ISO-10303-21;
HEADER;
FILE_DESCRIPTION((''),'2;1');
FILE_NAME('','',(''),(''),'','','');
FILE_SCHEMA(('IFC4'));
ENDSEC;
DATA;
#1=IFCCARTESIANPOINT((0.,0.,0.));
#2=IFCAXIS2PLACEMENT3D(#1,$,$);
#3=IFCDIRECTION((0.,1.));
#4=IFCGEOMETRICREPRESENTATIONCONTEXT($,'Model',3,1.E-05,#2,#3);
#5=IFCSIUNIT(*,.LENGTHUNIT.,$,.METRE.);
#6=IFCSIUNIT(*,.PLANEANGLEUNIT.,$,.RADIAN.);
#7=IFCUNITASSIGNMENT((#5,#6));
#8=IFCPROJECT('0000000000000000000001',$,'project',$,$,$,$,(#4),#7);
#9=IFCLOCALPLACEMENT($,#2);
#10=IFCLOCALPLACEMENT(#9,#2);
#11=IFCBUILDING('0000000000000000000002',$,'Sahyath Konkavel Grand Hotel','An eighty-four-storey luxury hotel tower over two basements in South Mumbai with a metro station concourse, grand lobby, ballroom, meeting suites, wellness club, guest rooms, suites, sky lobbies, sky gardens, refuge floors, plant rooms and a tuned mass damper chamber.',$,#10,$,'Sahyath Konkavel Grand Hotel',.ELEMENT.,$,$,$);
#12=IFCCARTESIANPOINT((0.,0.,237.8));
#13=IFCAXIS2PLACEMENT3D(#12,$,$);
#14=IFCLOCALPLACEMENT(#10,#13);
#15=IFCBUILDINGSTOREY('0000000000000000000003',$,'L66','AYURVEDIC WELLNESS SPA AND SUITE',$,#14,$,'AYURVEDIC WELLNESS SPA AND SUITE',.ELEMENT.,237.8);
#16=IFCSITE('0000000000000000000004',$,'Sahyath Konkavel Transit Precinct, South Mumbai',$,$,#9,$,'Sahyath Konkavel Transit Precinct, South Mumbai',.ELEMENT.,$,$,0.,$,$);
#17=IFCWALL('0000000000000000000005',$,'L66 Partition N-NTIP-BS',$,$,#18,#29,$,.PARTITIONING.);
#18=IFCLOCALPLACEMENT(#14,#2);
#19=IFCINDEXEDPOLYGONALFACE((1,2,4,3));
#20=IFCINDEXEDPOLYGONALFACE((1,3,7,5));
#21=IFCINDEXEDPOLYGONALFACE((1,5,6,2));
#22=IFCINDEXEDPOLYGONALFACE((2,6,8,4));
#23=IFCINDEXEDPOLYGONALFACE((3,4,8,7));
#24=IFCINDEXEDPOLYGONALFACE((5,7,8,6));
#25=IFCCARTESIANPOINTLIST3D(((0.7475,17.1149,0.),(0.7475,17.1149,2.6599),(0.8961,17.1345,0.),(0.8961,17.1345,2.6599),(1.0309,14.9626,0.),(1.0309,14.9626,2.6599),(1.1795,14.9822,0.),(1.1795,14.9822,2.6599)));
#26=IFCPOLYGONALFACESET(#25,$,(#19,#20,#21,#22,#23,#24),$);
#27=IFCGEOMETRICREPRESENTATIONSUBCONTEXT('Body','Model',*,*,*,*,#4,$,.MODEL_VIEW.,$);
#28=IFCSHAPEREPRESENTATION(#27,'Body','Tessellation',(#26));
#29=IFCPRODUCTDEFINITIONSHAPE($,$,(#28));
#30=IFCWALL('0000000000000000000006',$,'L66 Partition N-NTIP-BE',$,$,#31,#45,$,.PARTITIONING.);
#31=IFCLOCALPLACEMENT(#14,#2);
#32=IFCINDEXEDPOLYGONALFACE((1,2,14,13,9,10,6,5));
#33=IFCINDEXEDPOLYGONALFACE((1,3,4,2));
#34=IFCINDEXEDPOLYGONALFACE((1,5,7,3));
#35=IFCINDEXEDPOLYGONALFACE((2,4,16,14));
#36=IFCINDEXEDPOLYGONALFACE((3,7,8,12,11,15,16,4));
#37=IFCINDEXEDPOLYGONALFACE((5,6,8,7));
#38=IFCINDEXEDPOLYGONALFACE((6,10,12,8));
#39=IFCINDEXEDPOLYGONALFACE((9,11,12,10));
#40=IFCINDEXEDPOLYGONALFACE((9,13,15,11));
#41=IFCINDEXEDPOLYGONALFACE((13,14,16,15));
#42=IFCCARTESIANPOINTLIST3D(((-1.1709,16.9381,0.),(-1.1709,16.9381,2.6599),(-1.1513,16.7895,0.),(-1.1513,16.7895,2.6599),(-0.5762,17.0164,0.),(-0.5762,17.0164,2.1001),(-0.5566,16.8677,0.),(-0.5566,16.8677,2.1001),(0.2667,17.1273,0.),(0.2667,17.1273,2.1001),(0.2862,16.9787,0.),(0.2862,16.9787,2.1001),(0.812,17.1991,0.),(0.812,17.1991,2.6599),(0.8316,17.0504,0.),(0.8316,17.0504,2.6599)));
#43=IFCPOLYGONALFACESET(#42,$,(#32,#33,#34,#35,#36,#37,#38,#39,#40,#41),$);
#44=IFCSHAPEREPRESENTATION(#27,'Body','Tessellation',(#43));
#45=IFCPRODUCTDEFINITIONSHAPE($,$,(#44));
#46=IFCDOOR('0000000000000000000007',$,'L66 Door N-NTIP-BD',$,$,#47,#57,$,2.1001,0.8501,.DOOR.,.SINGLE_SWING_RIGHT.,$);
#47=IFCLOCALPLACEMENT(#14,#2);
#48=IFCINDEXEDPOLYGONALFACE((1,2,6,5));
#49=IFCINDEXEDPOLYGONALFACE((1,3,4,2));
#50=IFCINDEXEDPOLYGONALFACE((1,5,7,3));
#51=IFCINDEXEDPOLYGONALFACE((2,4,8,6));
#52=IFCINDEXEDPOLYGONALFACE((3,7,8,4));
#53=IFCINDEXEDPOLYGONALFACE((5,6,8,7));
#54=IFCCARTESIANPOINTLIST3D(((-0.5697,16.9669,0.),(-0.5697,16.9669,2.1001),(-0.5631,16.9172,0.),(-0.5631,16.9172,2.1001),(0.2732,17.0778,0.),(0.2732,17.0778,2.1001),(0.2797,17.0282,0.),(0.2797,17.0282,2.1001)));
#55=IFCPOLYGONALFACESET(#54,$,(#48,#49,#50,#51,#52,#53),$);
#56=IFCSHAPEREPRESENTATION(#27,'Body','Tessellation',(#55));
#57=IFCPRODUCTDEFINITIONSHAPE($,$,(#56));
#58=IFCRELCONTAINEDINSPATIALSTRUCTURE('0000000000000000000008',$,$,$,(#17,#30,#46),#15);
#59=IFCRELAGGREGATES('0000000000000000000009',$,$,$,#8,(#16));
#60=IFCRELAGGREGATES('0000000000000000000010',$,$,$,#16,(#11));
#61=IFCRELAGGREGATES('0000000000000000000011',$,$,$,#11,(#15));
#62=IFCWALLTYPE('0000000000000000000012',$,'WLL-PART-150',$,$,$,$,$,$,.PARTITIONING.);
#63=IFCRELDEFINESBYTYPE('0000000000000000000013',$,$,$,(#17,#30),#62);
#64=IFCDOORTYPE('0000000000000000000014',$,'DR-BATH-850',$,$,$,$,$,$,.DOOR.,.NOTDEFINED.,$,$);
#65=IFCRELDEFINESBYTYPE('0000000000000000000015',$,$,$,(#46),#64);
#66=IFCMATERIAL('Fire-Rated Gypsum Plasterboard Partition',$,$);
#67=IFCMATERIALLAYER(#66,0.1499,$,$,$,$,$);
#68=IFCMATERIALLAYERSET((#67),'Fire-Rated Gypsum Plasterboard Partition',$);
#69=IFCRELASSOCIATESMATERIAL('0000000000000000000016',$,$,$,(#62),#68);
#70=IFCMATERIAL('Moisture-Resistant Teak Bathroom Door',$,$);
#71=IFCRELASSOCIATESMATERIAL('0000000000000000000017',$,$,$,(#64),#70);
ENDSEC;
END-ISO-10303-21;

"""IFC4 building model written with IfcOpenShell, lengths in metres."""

from ifc_helpers import new_model, si_unit, direction, frame, frame_2d, origin, origin_2d, place, context, subcontext, project, spatial, rectangle, extrude, source, transform, mapped, material, layer, layer_set, type_object, element, fill, save


model = new_model("IFC4")

# Units and contexts
model_context = context("Model", 3, precision=1e-05, world=origin(), true_north=direction((0.0, 1.0)))
body_context = subcontext(model_context, "Body", "Model", "MODEL_VIEW")
ifc_project = project(units=[si_unit("LENGTHUNIT", "METRE"), si_unit("PLANEANGLEUNIT", "RADIAN")], contexts=[model_context])

# Site, building, storey
site_placement = place(None, origin())
site = spatial("IfcSite", under=ifc_project, at=site_placement, Name="Sahyath Konkavel Transit Precinct, South Mumbai", LongName="Sahyath Konkavel Transit Precinct, South Mumbai", CompositionType="ELEMENT", RefElevation=0.0)
building_placement = place(site_placement, origin())
building = spatial("IfcBuilding", under=site, at=building_placement, Name="Sahyath Konkavel Grand Hotel", Description="An eighty-four-storey luxury hotel tower over two basements in South Mumbai with a metro station concourse, grand lobby, ballroom, meeting suites, wellness club, guest rooms, suites, sky lobbies, sky gardens, refuge floors, plant rooms and a tuned mass damper chamber.", LongName="Sahyath Konkavel Grand Hotel", CompositionType="ELEMENT")
storey_placement = place(building_placement, frame((0.0, 0.0, 237.8)))
storey = spatial("IfcBuildingStorey", under=building, at=storey_placement, Name="L66", Description="AYURVEDIC WELLNESS SPA AND SUITE", LongName="AYURVEDIC WELLNESS SPA AND SUITE", CompositionType="ELEMENT", Elevation=237.8)

# Shared definitions
shared_shape_1 = source(origin(), body_context, "Body", "SweptSolid", [
    extrude(rectangle(XDim=0.8501, YDim=0.05, at=origin_2d()), origin(), (0.0, 0.0, 1.0), 2.1001),
])

# Wall
ifc_material_1 = material(Name="Fire-Rated Gypsum Plasterboard Partition")
ifc_layer_1 = layer(ifc_material_1, 0.1499)
ifc_layer_set_1 = layer_set([ifc_layer_1], Name="Fire-Rated Gypsum Plasterboard Partition")
wall_type_1 = type_object("IfcWallType", Name="WLL-PART-150", PredefinedType="PARTITIONING", material=ifc_layer_set_1)
wall_1_placement = place(storey_placement, frame((1.1052, 14.9724, 0.0), z_axis=(0.0, 0.0, 1.0), x_axis=(-0.130565, 0.99144, 0.0)))
element("IfcWall", 1, at=wall_1_placement, inside=storey, type_object=wall_type_1, Name="L66 Partition N-NTIP-BS", PredefinedType="PARTITIONING", context=body_context, shape_type="SweptSolid", body=[
    extrude(rectangle(XDim=2.1709, YDim=0.1499, at=frame_2d((1.0854, 0.0))), origin(), (0.0, 0.0, 1.0), 2.6599),
])

# Wall, opening, door
wall_2_placement = place(storey_placement, frame((0.8218, 17.1248, 0.0), z_axis=(0.0, 0.0, 1.0), x_axis=(-0.991449, -0.130492, 0.0)))
wall_2 = element("IfcWall", 2, at=wall_2_placement, inside=storey, type_object=wall_type_1, Name="L66 Partition N-NTIP-BE", PredefinedType="PARTITIONING", context=body_context, shape_type="SweptSolid", body=[
    extrude(rectangle(XDim=2.0, YDim=0.1499, at=frame_2d((1.0, 0.0))), origin(), (0.0, 0.0, 1.0), 2.6599),
])
opening_1_placement = place(wall_2_placement, frame((0.55, 0.0, 0.0)))
opening_1 = element("IfcOpeningElement", 3, at=opening_1_placement, cuts=wall_2, PredefinedType="OPENING", context=body_context, shape_type="SweptSolid", body=[
    extrude(rectangle(XDim=0.8501, YDim=2.1001, at=frame_2d((0.425, 1.05))), frame((0.0, 0.085, 0.0), z_axis=(0.0, -1.0, 0.0), x_axis=(1.0, 0.0, 0.0)), (0.0, 0.0, 1.0), 0.1699),
])
ifc_material_2 = material(Name="Moisture-Resistant Teak Bathroom Door")
door_type_1 = type_object("IfcDoorType", Name="DR-BATH-850", OperationType="NOTDEFINED", PredefinedType="DOOR", material=ifc_material_2)
door_1_placement = place(opening_1_placement, frame((0.425, 0.0, 0.0)))
door_1 = element("IfcDoor", 4, at=door_1_placement, inside=storey, type_object=door_type_1, Name="L66 Door N-NTIP-BD", OperationType="SINGLE_SWING_RIGHT", OverallHeight=2.1001, OverallWidth=0.8501, PredefinedType="DOOR", context=body_context, shape_type="MappedRepresentation", body=[
    mapped(shared_shape_1, transform((0.0, 0.0, 0.0), scale=1.0)),
])
fill(opening_1, door_1)

save(model, "model.ifc")
